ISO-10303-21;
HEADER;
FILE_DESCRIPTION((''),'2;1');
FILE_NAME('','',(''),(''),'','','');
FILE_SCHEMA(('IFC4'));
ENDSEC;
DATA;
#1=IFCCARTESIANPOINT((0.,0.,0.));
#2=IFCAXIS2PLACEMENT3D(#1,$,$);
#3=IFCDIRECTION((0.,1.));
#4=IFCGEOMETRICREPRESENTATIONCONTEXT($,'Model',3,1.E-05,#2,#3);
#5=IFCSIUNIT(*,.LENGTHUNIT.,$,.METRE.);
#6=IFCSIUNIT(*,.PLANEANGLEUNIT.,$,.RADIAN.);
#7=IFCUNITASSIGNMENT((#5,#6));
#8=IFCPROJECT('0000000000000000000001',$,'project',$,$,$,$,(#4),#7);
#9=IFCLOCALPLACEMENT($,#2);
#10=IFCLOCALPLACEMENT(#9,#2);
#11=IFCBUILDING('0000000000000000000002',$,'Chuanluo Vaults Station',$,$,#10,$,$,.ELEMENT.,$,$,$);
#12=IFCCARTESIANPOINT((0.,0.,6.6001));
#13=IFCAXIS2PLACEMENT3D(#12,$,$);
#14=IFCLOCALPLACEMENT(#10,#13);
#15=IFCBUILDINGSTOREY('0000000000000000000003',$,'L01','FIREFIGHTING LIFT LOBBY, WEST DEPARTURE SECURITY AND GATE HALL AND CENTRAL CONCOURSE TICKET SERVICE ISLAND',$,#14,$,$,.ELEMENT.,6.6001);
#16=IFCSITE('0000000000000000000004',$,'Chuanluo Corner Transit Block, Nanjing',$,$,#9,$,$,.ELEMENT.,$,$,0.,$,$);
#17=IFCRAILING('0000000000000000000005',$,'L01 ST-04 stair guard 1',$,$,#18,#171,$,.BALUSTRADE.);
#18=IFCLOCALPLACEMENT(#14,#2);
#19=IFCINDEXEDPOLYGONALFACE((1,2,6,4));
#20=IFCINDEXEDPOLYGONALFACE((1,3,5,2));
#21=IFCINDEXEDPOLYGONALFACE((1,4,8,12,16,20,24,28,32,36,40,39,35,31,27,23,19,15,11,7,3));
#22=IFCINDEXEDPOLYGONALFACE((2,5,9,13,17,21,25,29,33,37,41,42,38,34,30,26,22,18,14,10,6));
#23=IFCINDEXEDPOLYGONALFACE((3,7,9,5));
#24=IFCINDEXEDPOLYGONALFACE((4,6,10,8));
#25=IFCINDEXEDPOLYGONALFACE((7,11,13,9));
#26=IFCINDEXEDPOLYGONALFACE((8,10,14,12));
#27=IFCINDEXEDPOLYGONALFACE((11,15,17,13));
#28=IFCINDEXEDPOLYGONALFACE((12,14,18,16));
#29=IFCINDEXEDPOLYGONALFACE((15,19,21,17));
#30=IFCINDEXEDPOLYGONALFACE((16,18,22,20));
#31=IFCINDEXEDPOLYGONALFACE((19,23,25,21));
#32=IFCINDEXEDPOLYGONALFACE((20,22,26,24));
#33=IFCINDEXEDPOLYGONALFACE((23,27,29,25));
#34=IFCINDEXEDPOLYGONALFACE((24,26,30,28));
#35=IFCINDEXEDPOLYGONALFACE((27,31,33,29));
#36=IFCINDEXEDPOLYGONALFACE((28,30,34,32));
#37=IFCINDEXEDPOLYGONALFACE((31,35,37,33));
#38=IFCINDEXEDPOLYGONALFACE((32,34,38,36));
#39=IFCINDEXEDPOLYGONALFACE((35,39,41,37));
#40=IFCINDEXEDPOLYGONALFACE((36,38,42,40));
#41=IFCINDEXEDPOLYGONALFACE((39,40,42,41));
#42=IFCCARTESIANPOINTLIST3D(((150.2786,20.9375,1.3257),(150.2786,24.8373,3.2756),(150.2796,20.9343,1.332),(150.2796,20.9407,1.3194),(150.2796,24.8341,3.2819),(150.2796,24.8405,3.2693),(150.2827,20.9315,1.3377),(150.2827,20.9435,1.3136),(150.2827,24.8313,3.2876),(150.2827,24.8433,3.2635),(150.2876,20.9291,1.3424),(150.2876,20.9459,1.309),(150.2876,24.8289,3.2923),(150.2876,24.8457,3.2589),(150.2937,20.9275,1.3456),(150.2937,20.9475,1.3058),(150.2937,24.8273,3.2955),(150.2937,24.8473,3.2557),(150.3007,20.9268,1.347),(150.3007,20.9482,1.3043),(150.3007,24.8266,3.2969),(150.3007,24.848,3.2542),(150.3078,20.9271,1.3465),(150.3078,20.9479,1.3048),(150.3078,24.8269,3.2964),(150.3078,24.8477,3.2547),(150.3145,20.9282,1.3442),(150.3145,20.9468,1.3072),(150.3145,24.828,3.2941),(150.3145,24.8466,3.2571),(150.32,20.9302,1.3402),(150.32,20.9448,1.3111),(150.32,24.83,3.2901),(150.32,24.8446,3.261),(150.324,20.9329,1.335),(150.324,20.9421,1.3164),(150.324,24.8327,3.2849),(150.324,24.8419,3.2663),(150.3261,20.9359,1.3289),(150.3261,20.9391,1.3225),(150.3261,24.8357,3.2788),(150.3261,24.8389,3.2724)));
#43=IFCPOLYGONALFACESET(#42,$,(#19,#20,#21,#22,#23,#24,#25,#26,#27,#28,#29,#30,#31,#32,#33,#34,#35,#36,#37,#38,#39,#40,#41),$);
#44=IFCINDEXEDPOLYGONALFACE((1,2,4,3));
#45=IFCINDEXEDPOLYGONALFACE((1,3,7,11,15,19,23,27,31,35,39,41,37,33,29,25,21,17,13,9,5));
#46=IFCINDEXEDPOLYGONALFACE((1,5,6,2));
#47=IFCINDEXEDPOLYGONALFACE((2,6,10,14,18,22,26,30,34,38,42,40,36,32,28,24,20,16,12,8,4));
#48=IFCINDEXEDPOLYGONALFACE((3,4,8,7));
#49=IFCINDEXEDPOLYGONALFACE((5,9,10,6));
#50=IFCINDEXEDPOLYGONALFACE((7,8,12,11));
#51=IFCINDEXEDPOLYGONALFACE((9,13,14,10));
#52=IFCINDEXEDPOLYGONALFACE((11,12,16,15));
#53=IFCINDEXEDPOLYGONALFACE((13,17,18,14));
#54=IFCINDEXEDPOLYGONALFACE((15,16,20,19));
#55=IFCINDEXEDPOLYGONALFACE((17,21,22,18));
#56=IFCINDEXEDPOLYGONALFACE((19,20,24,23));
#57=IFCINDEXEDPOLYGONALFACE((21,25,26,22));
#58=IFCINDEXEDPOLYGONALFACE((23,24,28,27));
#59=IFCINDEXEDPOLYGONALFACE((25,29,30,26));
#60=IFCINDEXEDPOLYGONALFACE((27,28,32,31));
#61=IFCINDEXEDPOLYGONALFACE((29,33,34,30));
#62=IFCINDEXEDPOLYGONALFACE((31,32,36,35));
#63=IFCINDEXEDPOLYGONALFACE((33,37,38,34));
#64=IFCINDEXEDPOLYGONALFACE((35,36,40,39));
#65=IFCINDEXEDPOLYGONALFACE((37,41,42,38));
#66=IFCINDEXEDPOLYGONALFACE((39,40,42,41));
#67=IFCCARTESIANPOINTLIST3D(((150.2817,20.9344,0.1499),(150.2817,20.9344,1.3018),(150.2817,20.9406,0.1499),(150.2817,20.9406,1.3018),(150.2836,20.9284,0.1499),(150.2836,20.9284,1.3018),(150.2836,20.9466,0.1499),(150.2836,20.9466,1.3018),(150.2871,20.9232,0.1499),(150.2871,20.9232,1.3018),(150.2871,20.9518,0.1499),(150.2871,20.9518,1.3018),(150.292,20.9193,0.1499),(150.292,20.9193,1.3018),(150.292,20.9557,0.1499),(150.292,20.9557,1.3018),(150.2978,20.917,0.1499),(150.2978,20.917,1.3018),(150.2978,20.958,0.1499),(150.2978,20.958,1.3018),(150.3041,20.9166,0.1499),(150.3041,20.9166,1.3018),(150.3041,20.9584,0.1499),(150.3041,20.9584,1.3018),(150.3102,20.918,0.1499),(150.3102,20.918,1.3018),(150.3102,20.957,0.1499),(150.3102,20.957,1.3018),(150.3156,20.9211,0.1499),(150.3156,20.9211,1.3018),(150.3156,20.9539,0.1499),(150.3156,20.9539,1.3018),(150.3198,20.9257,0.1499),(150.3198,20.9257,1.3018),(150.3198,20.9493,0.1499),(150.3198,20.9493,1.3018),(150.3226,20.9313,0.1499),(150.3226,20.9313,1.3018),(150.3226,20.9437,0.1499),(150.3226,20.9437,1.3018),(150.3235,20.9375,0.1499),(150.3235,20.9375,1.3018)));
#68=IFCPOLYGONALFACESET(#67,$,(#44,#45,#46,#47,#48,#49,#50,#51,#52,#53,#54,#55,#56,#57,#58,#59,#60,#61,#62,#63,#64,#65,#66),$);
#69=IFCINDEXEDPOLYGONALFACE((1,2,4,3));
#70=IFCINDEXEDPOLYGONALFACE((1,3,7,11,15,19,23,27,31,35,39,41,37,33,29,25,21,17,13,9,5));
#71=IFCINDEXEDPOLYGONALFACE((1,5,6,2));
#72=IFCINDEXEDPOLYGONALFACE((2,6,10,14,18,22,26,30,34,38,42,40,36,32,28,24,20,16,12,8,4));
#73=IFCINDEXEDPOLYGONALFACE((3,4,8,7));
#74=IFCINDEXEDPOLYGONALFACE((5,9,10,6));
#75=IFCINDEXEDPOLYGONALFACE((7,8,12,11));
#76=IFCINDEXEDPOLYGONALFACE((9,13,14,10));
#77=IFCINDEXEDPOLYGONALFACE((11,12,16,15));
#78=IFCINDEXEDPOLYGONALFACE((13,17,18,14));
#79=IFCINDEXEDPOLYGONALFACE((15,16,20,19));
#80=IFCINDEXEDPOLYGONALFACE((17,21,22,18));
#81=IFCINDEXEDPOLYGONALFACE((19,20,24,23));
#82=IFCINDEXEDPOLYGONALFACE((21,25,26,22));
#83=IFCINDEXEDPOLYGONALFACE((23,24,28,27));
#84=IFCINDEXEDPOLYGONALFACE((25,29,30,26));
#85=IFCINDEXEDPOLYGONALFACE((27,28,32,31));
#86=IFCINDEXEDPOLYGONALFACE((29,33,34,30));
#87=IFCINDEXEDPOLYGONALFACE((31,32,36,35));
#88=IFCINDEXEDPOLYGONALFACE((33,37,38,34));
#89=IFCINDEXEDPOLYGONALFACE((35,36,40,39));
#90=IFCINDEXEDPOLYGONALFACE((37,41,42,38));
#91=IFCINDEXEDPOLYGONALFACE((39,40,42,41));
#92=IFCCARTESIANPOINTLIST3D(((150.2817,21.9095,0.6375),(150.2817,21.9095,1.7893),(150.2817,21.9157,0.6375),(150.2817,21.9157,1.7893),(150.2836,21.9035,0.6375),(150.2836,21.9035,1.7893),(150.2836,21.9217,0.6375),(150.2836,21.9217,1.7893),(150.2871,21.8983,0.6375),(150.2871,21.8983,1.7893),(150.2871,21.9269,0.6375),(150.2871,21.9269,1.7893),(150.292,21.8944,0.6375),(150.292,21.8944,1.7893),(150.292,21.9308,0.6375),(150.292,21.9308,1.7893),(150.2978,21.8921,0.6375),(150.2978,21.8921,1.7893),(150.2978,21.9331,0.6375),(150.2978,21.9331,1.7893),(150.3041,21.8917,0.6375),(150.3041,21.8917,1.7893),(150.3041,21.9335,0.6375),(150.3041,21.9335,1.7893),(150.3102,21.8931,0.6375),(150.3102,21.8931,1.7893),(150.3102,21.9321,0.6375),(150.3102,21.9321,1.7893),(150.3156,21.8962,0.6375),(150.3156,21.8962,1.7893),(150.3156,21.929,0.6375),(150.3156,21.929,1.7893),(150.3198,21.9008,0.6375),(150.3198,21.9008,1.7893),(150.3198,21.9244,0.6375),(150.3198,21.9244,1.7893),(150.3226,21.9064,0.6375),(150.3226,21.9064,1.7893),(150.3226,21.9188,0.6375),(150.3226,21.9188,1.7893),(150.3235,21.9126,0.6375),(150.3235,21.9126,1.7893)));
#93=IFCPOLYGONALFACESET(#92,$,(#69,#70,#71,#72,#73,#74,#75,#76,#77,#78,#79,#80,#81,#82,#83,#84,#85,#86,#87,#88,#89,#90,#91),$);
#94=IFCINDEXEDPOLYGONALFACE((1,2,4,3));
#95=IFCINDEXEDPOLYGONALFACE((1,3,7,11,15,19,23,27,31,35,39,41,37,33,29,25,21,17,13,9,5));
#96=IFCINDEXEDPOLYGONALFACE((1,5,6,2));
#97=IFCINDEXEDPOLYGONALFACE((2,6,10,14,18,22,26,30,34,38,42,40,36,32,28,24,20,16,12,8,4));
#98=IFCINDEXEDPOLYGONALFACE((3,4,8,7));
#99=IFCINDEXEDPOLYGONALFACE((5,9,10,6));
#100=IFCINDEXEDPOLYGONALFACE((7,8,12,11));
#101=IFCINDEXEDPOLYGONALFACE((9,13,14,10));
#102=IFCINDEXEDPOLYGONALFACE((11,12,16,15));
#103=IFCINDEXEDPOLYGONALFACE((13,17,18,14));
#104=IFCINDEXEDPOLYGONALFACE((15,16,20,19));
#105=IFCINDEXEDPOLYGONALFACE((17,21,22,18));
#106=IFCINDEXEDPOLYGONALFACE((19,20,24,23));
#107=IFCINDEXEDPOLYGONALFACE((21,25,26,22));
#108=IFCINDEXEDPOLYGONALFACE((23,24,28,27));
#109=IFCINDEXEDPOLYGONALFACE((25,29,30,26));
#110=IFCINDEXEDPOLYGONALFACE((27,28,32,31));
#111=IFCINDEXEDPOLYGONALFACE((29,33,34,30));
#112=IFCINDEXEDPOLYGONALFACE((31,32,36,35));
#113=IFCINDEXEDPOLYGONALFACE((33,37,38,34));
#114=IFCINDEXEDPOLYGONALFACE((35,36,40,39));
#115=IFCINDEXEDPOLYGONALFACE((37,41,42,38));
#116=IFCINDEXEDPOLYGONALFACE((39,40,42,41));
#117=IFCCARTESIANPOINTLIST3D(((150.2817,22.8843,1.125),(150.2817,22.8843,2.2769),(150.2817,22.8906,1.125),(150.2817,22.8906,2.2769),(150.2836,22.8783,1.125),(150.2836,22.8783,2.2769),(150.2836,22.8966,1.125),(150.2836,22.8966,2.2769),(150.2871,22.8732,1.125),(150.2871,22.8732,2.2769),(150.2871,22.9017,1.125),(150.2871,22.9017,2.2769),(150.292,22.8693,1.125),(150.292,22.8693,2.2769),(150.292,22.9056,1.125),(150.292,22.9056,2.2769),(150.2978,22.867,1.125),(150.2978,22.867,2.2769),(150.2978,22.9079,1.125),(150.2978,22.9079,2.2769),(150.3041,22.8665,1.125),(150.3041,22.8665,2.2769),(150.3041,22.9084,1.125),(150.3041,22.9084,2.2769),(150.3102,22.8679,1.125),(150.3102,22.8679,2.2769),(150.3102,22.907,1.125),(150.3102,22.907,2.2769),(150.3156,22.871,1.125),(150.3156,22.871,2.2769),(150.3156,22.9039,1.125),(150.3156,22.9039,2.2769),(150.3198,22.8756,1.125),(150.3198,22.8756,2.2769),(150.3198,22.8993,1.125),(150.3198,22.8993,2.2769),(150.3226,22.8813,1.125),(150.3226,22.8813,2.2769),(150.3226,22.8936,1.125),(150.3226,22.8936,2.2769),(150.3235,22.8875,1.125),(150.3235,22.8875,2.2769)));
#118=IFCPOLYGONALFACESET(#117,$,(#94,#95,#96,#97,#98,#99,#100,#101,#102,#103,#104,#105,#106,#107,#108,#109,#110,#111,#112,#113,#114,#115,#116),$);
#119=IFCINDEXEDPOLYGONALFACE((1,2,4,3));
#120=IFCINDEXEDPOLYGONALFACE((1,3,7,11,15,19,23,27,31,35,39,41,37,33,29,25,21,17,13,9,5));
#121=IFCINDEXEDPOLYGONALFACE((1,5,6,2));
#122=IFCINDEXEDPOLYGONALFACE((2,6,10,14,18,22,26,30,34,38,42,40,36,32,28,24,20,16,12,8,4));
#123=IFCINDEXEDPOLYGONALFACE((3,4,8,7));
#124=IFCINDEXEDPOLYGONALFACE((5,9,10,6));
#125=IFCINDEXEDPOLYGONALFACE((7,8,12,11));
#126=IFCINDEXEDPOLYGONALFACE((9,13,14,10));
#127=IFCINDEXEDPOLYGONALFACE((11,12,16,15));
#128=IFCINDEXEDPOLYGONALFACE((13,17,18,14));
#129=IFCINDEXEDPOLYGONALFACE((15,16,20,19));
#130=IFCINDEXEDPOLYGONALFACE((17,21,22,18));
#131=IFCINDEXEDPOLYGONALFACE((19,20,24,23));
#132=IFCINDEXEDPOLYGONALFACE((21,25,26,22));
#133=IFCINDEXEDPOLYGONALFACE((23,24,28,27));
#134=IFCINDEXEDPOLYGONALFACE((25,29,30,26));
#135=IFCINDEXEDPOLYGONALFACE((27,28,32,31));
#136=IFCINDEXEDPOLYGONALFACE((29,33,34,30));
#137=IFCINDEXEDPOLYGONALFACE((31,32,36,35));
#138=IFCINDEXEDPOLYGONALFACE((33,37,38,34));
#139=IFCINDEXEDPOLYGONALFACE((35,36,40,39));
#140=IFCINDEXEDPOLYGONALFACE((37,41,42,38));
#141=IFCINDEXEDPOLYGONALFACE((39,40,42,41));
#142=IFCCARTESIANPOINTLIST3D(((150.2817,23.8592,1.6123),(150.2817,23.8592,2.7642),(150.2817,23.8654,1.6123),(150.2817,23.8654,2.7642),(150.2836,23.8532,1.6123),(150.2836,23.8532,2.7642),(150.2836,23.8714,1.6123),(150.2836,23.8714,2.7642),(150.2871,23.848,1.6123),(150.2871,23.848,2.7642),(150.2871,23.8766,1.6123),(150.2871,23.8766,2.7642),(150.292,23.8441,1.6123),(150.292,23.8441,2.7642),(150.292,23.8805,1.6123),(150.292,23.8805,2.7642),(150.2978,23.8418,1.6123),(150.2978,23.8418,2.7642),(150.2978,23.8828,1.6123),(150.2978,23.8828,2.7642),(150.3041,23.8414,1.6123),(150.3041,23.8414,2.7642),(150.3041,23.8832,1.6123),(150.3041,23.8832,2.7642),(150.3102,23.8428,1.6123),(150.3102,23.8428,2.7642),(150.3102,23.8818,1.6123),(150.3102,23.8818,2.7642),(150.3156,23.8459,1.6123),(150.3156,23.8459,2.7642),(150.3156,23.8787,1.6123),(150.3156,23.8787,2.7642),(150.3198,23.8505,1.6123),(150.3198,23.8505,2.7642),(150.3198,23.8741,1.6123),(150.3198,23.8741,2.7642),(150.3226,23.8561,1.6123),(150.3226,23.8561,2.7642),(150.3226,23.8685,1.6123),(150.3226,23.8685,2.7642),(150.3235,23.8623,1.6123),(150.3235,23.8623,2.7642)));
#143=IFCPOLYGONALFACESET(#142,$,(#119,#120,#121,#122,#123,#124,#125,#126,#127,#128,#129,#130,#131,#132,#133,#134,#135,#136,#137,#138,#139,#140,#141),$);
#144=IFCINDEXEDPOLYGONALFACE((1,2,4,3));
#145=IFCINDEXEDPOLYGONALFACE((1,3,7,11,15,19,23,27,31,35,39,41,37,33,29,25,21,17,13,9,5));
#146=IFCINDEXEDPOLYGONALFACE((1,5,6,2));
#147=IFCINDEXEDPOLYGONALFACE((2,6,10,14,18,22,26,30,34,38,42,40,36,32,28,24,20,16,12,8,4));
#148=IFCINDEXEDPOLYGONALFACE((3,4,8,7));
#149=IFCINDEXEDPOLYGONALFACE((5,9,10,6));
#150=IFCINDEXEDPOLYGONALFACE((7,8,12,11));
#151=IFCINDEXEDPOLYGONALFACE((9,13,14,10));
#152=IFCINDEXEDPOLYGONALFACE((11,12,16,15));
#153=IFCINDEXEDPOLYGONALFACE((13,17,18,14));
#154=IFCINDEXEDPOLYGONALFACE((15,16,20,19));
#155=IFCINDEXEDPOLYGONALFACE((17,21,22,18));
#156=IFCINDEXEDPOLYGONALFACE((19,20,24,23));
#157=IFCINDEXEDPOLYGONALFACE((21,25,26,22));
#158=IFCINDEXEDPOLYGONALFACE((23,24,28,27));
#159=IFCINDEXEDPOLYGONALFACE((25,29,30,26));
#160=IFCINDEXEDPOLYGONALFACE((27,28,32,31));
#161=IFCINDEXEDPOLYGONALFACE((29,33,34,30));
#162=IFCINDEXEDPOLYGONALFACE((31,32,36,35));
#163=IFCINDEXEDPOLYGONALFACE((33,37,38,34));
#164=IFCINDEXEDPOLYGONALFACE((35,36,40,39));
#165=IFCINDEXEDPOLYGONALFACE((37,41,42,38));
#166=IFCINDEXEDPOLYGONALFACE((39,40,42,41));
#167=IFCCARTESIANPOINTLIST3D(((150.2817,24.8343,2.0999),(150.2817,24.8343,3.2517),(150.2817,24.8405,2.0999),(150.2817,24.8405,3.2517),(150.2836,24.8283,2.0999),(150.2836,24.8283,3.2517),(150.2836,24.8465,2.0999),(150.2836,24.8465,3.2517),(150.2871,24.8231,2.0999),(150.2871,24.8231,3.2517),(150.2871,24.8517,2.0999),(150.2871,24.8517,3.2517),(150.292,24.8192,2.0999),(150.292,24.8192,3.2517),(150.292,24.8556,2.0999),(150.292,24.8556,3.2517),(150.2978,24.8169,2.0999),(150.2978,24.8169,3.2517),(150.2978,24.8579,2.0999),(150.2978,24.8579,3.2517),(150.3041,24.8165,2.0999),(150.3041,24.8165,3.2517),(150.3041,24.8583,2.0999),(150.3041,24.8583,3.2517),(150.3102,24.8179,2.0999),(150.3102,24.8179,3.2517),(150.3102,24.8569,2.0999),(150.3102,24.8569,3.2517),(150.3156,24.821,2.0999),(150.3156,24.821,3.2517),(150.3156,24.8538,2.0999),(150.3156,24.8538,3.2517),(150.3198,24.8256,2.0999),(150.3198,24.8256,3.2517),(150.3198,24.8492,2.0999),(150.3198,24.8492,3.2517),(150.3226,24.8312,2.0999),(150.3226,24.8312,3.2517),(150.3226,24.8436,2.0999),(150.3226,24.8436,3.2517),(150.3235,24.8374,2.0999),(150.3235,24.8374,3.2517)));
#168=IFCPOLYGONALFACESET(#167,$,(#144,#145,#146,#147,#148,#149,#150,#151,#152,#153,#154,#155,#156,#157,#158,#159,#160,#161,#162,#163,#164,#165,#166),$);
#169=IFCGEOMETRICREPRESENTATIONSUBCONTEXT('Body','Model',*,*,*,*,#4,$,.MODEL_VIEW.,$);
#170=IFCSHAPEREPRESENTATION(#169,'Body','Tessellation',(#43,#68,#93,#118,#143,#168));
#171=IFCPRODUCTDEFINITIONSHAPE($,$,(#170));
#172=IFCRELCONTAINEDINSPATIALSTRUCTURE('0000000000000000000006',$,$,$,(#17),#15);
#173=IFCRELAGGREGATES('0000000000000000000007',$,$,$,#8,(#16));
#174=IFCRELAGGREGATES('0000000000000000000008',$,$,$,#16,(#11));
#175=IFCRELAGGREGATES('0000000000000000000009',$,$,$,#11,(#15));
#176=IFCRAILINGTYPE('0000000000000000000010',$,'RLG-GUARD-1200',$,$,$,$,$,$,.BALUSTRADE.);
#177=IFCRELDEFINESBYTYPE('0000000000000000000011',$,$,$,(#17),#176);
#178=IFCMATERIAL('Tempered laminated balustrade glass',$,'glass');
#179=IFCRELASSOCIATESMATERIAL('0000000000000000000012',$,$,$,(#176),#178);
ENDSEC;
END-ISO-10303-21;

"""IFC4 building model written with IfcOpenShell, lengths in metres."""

from ifc_helpers import new_model, si_unit, direction, frame, origin, origin_2d, place, context, subcontext, project, spatial, circle, extrude, material, type_object, element, save


model = new_model("IFC4")

# Units and contexts
model_context = context("Model", 3, precision=1e-05, world=origin(), true_north=direction((0.0, 1.0)))
body_context = subcontext(model_context, "Body", "Model", "MODEL_VIEW")
ifc_project = project(units=[si_unit("LENGTHUNIT", "METRE"), si_unit("PLANEANGLEUNIT", "RADIAN")], contexts=[model_context])

# Site, building, storey
site_placement = place(None, origin())
site = spatial("IfcSite", under=ifc_project, at=site_placement, Name="Chuanluo Corner Transit Block, Nanjing", CompositionType="ELEMENT", RefElevation=0.0)
building_placement = place(site_placement, origin())
building = spatial("IfcBuilding", under=site, at=building_placement, Name="Chuanluo Vaults Station", CompositionType="ELEMENT")
storey_placement = place(building_placement, frame((0.0, 0.0, 6.6001)))
storey = spatial("IfcBuildingStorey", under=building, at=storey_placement, Name="L01", Description="FIREFIGHTING LIFT LOBBY, WEST DEPARTURE SECURITY AND GATE HALL AND CENTRAL CONCOURSE TICKET SERVICE ISLAND", CompositionType="ELEMENT", Elevation=6.6001)

# Railing
ifc_material_1 = material(Name="Tempered laminated balustrade glass", Category="glass")
railing_type_1 = type_object("IfcRailingType", Name="RLG-GUARD-1200", PredefinedType="BALUSTRADE", material=ifc_material_1)
railing_1_placement = place(storey_placement, frame((150.3025, 20.9375, 0.1499)))
element("IfcRailing", 1, at=railing_1_placement, inside=storey, type_object=railing_type_1, Name="L01 ST-04 stair guard 1", PredefinedType="BALUSTRADE", context=body_context, shape_type="SweptSolid", body=[
    extrude(circle(Radius=0.0239, at=origin_2d()), frame((0.0, 0.0, 1.1758), z_axis=(0.0, 0.894427, 0.447214), x_axis=(-1.0, 0.0, 0.0)), (0.0, 0.0, 1.0), 4.3601),
    extrude(circle(Radius=0.021, at=origin_2d()), origin(), (0.0, 0.0, 1.0), 1.1519),
    extrude(circle(Radius=0.021, at=origin_2d()), frame((0.0, 0.9751, 0.4875)), (0.0, 0.0, 1.0), 1.1519),
    extrude(circle(Radius=0.021, at=origin_2d()), frame((0.0, 1.95, 0.9751)), (0.0, 0.0, 1.0), 1.1519),
    extrude(circle(Radius=0.021, at=origin_2d()), frame((0.0, 2.9248, 1.4624)), (0.0, 0.0, 1.0), 1.1519),
    extrude(circle(Radius=0.021, at=origin_2d()), frame((0.0, 3.8999, 1.95)), (0.0, 0.0, 1.0), 1.1519),
])

save(model, "model.ifc")
